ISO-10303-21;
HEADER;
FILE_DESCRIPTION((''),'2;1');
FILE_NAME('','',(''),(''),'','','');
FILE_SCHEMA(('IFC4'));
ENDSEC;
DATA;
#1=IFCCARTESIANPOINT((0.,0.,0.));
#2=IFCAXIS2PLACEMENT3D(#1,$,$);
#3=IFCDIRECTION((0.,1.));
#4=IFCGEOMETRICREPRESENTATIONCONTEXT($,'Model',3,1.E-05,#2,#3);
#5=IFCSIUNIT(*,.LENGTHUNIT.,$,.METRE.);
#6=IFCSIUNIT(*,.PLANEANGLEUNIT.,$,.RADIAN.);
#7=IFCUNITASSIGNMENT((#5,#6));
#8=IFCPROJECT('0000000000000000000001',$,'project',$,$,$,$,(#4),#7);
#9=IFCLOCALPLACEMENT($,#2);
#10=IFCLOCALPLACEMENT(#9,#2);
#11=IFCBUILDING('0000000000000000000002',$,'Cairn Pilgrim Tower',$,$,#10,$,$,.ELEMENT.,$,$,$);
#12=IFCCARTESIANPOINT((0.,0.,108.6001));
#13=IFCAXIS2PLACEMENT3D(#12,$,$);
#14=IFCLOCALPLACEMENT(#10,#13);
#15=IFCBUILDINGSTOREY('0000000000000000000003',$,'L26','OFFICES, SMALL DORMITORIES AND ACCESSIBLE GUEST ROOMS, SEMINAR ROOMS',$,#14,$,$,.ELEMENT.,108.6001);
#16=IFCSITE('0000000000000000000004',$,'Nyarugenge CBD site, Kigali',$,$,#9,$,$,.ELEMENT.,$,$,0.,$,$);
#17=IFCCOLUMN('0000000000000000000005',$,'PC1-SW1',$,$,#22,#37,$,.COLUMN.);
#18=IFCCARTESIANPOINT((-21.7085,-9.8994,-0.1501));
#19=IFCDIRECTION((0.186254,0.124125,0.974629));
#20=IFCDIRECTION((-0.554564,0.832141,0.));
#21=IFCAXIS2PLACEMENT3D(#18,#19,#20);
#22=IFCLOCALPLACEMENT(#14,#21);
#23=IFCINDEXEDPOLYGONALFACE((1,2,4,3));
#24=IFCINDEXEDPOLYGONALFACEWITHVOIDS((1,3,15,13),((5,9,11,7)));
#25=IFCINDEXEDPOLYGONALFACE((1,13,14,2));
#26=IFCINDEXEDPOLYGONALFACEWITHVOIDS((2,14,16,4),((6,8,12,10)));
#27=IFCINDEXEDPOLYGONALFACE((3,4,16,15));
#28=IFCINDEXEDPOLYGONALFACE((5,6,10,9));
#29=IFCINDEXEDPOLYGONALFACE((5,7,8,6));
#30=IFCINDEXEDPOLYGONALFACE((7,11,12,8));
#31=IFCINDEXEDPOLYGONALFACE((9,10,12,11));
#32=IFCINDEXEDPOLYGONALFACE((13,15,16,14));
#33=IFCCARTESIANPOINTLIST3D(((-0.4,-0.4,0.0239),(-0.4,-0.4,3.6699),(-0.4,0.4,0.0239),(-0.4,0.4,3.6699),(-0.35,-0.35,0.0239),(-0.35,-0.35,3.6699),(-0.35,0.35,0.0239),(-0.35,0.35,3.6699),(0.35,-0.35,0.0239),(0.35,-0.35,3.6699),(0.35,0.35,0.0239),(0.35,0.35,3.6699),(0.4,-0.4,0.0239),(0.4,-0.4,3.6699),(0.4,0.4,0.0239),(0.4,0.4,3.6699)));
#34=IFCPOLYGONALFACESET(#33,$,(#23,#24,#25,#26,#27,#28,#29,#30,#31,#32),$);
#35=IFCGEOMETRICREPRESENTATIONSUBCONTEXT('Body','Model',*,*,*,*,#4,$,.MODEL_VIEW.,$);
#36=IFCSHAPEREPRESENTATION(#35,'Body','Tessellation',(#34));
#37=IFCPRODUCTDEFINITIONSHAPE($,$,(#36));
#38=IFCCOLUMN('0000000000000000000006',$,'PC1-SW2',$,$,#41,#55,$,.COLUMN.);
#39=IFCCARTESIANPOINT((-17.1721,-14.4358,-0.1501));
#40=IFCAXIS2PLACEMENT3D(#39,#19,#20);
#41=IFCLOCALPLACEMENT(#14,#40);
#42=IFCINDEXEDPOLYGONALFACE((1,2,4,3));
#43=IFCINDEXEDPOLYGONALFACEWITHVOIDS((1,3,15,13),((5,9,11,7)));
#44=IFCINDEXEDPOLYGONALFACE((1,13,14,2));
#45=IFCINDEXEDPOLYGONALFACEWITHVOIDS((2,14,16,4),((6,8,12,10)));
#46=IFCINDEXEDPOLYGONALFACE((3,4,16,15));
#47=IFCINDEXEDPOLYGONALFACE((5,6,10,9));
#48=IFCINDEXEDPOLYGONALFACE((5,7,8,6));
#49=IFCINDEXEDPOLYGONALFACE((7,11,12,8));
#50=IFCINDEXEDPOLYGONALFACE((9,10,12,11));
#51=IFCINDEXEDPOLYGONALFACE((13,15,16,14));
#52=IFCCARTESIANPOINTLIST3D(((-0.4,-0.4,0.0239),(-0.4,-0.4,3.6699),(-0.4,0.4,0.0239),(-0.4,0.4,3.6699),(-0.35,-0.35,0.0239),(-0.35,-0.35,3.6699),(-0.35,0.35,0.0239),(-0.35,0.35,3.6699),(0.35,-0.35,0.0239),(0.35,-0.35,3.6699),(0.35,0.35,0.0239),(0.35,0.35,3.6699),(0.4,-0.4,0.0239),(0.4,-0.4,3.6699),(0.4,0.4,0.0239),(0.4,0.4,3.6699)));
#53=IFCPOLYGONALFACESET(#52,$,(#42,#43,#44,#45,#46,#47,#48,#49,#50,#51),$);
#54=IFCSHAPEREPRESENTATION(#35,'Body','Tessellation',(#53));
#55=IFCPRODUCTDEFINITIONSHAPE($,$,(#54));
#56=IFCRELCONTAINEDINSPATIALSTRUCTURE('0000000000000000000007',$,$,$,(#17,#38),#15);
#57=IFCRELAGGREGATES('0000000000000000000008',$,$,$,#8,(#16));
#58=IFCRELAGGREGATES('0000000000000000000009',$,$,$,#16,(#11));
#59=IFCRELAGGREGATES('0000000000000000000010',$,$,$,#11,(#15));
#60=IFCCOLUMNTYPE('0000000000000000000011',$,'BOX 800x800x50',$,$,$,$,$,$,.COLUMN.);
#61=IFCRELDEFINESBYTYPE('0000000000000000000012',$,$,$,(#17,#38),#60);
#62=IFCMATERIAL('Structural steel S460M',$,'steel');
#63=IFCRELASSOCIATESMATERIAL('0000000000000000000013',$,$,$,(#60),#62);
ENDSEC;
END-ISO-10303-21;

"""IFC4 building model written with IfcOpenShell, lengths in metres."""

from ifc_helpers import new_model, si_unit, direction, frame, origin, origin_2d, place, context, subcontext, project, spatial, hollow_rectangle, extrude, clip, halfspace, material, material_profile, profile_set, type_object, element, save


model = new_model("IFC4")

# Units and contexts
model_context = context("Model", 3, precision=1e-05, world=origin(), true_north=direction((0.0, 1.0)))
body_context = subcontext(model_context, "Body", "Model", "MODEL_VIEW")
ifc_project = project(units=[si_unit("LENGTHUNIT", "METRE"), si_unit("PLANEANGLEUNIT", "RADIAN")], contexts=[model_context])

# Site, building, storey
site_placement = place(None, origin())
site = spatial("IfcSite", under=ifc_project, at=site_placement, Name="Nyarugenge CBD site, Kigali", CompositionType="ELEMENT", RefElevation=0.0)
building_placement = place(site_placement, origin())
building = spatial("IfcBuilding", under=site, at=building_placement, Name="Cairn Pilgrim Tower", CompositionType="ELEMENT")
storey_placement = place(building_placement, frame((0.0, 0.0, 108.6001)))
storey = spatial("IfcBuildingStorey", under=building, at=storey_placement, Name="L26", Description="OFFICES, SMALL DORMITORIES AND ACCESSIBLE GUEST ROOMS, SEMINAR ROOMS", CompositionType="ELEMENT", Elevation=108.6001)

# Columns
ifc_material_1 = material(Name="Structural steel S460M", Category="steel")
ifc_material_profile_1 = material_profile(ifc_material_1, hollow_rectangle(XDim=0.8, YDim=0.8, WallThickness=0.05, at=origin_2d()), Name="BOX 800x800x50")
ifc_profile_set_1 = profile_set([ifc_material_profile_1], Name="Structural steel S460M")
column_type = type_object("IfcColumnType", Name="BOX 800x800x50", PredefinedType="COLUMN", material=ifc_profile_set_1)
for number, where, z_axis, x_axis, name in (
    (1, (-21.7085, -9.8994, -0.1501), (0.186254, 0.124125, 0.974629), (-0.554564, 0.832141, 0.0), "PC1-SW1"),
    (2, (-17.1721, -14.4358, -0.1501), (0.186254, 0.124125, 0.974629), (-0.554564, 0.832141, 0.0), "PC1-SW2"),
):
    element("IfcColumn", number, at=place(storey_placement, frame(where, z_axis=z_axis, x_axis=x_axis)), inside=storey, type_object=column_type, Name=name, PredefinedType="COLUMN", context=body_context, shape_type="Clipping", body=[
        clip(clip(extrude(hollow_rectangle(XDim=0.8, YDim=0.8, WallThickness=0.05, at=origin_2d()), origin(), (0.0, 0.0, 1.0), 3.6938), halfspace(frame((0.0, 0.0, 0.0239), z_axis=(0.0, 0.0, 1.0), x_axis=(1.0, 0.0, 0.0)), True)), halfspace(frame((0.0, 0.0, 3.6699), z_axis=(0.0, 0.0, 1.0), x_axis=(1.0, 0.0, 0.0)), False)),
    ])

save(model, "model.ifc")
